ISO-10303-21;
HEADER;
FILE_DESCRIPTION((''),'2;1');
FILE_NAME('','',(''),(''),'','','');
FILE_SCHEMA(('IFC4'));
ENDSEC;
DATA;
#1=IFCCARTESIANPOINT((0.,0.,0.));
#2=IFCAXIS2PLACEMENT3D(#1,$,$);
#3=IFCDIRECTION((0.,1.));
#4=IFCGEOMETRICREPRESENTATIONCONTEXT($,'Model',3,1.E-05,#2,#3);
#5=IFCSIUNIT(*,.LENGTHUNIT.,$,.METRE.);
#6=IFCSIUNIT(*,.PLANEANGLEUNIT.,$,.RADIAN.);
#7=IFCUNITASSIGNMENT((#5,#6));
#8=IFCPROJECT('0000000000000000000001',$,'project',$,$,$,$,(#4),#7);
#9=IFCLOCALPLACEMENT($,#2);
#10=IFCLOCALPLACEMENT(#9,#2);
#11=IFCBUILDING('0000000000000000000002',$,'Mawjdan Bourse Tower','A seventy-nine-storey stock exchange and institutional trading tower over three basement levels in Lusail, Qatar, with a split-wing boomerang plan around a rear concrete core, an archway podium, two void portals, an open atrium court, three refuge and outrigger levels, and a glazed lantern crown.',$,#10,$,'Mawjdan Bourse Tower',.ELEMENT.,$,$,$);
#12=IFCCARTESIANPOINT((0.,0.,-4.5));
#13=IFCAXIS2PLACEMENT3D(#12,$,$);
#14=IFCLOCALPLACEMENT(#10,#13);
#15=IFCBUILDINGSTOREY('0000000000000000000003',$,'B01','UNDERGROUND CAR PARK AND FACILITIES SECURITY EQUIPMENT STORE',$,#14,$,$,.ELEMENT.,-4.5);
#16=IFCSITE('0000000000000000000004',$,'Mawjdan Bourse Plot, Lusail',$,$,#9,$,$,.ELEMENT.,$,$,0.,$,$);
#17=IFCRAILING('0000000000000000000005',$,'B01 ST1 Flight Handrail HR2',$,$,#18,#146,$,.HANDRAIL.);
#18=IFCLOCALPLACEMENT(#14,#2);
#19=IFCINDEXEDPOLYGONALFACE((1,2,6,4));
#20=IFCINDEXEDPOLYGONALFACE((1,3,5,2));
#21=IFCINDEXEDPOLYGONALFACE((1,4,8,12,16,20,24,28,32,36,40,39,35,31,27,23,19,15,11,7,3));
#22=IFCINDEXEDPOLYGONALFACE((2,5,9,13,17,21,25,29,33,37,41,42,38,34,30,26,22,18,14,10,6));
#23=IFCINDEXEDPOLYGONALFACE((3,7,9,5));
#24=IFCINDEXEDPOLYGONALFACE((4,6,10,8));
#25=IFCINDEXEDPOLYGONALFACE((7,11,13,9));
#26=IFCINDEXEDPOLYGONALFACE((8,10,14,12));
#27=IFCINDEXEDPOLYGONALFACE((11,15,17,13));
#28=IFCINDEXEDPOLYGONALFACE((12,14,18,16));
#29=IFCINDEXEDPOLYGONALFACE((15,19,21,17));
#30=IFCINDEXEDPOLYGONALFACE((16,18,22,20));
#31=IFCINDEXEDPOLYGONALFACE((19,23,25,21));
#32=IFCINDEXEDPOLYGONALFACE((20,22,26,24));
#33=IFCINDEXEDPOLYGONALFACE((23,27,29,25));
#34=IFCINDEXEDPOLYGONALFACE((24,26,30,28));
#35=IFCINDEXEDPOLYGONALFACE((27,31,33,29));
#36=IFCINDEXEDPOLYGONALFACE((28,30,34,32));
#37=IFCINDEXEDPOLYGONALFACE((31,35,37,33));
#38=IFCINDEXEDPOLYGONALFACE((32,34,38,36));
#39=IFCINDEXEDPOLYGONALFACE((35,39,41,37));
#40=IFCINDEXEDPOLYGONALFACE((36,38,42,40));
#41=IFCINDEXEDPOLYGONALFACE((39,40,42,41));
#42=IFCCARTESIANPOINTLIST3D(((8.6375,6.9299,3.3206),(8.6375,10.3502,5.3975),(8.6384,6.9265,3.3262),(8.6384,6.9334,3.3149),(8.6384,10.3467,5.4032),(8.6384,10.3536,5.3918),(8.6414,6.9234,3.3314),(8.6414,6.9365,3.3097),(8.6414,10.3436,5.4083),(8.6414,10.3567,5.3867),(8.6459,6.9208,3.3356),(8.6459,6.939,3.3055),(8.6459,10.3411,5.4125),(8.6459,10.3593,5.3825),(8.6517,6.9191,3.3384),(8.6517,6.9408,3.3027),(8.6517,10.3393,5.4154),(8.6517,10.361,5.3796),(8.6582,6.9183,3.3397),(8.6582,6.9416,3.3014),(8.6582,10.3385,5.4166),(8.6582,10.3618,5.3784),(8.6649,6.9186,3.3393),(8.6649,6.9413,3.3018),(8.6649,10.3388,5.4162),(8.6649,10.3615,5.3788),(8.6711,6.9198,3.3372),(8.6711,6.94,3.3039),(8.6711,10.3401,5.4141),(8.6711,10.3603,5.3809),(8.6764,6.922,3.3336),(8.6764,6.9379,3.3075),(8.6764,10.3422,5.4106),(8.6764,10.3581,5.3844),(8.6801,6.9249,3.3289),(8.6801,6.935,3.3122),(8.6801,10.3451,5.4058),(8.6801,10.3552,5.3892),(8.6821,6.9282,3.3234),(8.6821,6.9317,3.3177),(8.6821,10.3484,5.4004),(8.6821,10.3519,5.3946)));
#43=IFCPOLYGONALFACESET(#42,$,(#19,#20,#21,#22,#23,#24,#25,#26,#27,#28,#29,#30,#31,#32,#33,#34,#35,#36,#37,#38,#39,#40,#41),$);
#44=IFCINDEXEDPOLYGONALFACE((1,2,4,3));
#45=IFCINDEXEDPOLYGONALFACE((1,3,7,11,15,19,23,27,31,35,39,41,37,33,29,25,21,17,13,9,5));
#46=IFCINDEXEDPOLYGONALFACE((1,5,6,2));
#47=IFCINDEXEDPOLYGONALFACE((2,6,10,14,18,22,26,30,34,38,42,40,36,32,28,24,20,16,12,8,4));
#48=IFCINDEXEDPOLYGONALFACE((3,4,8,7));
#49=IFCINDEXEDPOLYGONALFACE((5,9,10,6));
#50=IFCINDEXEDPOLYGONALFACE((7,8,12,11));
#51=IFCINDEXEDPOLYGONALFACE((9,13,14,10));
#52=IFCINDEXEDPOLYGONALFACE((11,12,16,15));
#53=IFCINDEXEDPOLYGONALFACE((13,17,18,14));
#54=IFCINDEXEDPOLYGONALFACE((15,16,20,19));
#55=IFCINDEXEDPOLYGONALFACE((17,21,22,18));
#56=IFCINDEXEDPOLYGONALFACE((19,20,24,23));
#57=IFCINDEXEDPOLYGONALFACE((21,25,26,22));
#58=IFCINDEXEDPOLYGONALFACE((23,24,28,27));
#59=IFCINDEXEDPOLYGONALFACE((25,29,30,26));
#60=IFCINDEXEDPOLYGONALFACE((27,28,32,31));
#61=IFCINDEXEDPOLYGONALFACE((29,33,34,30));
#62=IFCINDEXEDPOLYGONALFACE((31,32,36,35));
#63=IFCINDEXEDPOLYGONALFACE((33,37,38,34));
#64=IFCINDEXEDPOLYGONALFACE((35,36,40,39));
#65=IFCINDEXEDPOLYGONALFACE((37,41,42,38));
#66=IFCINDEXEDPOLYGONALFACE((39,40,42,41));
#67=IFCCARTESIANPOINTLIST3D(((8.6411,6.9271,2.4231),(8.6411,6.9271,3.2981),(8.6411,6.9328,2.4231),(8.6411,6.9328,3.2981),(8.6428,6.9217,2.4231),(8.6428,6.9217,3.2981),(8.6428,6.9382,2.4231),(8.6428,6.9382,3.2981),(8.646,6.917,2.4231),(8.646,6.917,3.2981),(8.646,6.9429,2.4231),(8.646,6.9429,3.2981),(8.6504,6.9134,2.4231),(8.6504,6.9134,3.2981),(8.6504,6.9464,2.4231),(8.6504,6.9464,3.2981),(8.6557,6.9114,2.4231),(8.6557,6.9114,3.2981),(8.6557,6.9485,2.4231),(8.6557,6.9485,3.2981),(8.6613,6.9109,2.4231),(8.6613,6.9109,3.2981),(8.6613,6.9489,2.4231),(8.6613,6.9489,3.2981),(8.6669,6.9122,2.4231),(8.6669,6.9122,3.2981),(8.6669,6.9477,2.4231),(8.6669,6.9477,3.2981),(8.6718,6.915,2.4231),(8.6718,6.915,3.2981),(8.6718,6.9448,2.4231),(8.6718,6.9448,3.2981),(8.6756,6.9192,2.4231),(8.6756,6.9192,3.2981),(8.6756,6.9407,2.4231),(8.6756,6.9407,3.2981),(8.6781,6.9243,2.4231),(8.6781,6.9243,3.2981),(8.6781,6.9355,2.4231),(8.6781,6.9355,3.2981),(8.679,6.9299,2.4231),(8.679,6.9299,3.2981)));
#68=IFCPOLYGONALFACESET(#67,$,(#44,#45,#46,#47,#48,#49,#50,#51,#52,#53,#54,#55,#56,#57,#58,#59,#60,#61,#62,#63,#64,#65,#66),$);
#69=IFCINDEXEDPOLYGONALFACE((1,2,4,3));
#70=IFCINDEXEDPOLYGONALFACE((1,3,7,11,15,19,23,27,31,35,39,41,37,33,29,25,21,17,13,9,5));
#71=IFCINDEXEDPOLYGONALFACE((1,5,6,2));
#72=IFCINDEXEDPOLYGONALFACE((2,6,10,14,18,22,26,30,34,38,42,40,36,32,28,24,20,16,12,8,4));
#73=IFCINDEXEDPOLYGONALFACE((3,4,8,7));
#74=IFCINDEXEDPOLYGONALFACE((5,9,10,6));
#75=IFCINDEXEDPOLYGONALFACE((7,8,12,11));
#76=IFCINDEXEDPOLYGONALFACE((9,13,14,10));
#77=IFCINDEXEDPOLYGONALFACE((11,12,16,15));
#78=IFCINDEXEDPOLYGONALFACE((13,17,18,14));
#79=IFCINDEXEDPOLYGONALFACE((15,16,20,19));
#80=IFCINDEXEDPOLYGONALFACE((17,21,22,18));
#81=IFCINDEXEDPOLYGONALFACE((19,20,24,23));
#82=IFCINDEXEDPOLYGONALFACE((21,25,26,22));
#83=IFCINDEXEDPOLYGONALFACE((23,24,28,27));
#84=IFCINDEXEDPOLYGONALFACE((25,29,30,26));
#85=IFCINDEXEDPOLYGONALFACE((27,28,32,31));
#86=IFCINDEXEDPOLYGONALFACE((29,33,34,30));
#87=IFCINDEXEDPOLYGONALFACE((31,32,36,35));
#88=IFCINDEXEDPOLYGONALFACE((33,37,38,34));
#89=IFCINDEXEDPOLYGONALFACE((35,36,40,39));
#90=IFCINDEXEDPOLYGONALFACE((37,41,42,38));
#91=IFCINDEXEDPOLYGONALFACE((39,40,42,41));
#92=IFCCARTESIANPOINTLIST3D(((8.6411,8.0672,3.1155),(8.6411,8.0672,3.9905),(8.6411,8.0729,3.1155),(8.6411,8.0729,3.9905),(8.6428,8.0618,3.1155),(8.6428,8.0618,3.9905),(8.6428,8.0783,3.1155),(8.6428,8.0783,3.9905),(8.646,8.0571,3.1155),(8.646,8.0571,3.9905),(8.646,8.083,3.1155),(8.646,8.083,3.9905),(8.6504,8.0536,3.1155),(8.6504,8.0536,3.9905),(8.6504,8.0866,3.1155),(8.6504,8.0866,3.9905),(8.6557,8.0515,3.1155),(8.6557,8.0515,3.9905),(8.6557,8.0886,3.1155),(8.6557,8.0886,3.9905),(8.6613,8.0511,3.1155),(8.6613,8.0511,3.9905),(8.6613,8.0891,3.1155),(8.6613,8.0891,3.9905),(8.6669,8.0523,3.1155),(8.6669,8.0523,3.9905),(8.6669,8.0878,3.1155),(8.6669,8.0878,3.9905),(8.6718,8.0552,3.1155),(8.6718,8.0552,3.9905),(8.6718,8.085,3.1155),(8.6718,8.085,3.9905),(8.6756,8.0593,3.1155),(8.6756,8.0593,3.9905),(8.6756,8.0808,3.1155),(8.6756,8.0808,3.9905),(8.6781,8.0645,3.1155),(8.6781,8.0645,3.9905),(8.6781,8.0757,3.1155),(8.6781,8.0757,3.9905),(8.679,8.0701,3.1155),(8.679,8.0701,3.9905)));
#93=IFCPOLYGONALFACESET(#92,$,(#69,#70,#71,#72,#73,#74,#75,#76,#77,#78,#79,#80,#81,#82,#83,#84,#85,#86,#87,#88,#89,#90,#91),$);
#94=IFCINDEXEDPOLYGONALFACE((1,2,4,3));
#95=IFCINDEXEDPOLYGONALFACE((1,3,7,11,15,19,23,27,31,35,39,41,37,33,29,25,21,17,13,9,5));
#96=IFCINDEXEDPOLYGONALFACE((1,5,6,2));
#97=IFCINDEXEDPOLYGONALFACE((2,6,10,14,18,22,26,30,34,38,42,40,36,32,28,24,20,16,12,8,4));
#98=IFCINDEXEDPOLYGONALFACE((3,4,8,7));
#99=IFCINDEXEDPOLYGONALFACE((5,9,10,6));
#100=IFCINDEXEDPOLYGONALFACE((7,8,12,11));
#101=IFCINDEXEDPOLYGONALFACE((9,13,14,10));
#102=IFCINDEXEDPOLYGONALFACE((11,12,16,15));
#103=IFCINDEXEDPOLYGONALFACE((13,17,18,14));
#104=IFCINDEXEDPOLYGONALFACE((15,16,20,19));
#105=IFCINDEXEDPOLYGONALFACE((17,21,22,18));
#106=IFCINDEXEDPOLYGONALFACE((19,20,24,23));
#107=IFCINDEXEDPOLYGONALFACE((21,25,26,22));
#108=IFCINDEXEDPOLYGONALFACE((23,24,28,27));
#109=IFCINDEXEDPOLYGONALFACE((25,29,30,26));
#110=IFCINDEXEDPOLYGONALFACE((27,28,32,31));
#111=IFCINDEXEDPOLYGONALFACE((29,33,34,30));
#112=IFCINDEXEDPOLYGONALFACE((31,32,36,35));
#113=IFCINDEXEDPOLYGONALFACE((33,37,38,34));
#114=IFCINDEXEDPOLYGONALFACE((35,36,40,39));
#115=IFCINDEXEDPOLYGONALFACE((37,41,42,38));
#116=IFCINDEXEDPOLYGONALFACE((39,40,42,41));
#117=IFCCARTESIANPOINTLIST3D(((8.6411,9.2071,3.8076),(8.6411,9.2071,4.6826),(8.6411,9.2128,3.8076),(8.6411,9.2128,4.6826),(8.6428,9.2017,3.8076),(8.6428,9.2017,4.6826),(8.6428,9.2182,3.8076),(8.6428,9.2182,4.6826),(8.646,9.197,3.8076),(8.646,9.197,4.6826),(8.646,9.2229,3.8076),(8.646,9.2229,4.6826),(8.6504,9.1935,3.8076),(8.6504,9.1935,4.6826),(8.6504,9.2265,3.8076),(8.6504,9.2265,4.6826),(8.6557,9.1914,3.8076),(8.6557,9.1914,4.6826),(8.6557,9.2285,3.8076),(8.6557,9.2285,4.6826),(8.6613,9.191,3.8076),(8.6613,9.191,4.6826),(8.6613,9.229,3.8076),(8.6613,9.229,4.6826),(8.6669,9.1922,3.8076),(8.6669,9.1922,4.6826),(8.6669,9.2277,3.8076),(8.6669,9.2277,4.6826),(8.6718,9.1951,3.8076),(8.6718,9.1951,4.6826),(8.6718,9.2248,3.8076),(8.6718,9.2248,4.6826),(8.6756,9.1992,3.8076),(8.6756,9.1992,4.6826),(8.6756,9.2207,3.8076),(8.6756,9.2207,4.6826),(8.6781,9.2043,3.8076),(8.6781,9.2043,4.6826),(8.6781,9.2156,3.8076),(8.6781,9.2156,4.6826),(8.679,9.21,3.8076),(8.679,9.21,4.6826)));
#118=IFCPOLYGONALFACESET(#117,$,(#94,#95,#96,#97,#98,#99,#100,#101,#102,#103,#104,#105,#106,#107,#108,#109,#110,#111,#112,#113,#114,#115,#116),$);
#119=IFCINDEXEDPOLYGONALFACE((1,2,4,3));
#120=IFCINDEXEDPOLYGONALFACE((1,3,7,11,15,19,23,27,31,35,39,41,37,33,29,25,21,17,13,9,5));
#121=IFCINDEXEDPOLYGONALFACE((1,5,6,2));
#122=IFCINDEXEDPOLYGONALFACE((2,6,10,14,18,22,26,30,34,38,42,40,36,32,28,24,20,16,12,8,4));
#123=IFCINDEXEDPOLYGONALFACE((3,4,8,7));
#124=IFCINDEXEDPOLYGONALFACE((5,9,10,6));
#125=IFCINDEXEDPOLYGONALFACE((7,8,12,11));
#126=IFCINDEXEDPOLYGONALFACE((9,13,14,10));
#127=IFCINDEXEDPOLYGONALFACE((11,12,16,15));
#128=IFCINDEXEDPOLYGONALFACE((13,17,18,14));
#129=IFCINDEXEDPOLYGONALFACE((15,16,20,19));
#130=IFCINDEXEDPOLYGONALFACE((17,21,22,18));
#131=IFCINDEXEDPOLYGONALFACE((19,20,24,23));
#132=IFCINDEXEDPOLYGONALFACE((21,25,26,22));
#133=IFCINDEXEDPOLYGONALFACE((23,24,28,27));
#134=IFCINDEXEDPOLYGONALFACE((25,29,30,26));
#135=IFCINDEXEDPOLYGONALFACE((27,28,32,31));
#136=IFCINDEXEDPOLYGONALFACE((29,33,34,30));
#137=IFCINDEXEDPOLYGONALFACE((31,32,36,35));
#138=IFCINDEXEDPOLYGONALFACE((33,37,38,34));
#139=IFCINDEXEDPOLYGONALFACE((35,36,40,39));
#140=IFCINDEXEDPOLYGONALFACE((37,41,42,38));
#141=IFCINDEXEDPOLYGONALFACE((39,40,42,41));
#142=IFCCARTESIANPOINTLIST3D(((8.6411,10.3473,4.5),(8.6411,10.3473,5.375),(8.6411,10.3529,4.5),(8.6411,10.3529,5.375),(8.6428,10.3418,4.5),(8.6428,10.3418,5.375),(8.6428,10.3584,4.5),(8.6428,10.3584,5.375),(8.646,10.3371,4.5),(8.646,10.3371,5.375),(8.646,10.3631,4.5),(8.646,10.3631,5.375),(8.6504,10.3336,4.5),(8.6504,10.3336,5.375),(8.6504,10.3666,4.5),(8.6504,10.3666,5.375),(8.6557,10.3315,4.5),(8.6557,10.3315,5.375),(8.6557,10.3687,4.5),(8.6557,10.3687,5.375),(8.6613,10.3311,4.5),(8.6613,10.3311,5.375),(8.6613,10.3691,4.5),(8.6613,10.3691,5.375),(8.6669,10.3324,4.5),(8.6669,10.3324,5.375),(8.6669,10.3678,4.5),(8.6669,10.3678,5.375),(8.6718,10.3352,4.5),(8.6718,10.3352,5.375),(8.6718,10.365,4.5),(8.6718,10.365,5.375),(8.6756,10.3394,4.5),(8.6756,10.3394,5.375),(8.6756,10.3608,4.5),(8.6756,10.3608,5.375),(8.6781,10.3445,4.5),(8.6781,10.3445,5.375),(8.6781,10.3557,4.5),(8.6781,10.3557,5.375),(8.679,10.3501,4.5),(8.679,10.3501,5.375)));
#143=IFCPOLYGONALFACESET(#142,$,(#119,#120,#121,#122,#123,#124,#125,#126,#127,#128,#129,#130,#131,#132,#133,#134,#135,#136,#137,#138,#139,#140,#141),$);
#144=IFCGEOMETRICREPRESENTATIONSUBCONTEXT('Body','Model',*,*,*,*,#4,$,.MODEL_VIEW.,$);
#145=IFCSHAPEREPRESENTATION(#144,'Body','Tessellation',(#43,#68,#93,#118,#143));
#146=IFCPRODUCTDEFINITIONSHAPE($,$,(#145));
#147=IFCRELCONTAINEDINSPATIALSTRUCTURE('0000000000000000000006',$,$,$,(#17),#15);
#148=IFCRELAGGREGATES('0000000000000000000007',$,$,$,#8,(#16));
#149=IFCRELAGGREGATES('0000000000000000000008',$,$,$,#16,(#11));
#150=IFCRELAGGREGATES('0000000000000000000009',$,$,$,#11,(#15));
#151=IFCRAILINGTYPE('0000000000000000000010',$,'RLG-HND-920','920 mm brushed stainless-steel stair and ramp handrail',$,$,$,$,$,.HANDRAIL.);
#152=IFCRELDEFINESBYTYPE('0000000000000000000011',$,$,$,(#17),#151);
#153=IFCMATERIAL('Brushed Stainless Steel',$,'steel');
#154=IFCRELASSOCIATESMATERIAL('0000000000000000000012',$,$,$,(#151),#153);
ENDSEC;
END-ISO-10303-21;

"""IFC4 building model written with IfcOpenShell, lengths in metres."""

from ifc_helpers import new_model, si_unit, direction, frame, origin, origin_2d, place, context, subcontext, project, spatial, circle, extrude, material, type_object, element, save


model = new_model("IFC4")

# Units and contexts
model_context = context("Model", 3, precision=1e-05, world=origin(), true_north=direction((0.0, 1.0)))
body_context = subcontext(model_context, "Body", "Model", "MODEL_VIEW")
ifc_project = project(units=[si_unit("LENGTHUNIT", "METRE"), si_unit("PLANEANGLEUNIT", "RADIAN")], contexts=[model_context])

# Site, building, storey
site_placement = place(None, origin())
site = spatial("IfcSite", under=ifc_project, at=site_placement, Name="Mawjdan Bourse Plot, Lusail", CompositionType="ELEMENT", RefElevation=0.0)
building_placement = place(site_placement, origin())
building = spatial("IfcBuilding", under=site, at=building_placement, Name="Mawjdan Bourse Tower", Description="A seventy-nine-storey stock exchange and institutional trading tower over three basement levels in Lusail, Qatar, with a split-wing boomerang plan around a rear concrete core, an archway podium, two void portals, an open atrium court, three refuge and outrigger levels, and a glazed lantern crown.", LongName="Mawjdan Bourse Tower", CompositionType="ELEMENT")
storey_placement = place(building_placement, frame((0.0, 0.0, -4.5)))
storey = spatial("IfcBuildingStorey", under=building, at=storey_placement, Name="B01", Description="UNDERGROUND CAR PARK AND FACILITIES SECURITY EQUIPMENT STORE", CompositionType="ELEMENT", Elevation=-4.5)

# Shared definitions
ifc_material_1 = material(Name="Brushed Stainless Steel", Category="steel")

# Railing
railing_type = type_object("IfcRailingType", Name="RLG-HND-920", Description="920 mm brushed stainless-steel stair and ramp handrail", PredefinedType="HANDRAIL", material=ifc_material_1)
railing_placement = place(storey_placement, frame((8.6599, 6.9299, 2.4231)))
element("IfcRailing", 1, at=railing_placement, inside=storey, type_object=railing_type, Name="B01 ST1 Flight Handrail HR2", PredefinedType="HANDRAIL", context=body_context, shape_type="SweptSolid", body=[
    extrude(circle(Radius=0.0225, at=origin_2d()), frame((0.0, 0.0, 0.8975), z_axis=(0.0, 0.854746, 0.519047), x_axis=(-1.0, 0.0, 0.0)), (0.0, 0.0, 1.0), 4.0015),
    extrude(circle(Radius=0.019, at=origin_2d()), origin(), (0.0, 0.0, 1.0), 0.875),
    extrude(circle(Radius=0.019, at=origin_2d()), frame((0.0, 1.1401, 0.6924)), (0.0, 0.0, 1.0), 0.875),
    extrude(circle(Radius=0.019, at=origin_2d()), frame((0.0, 2.28, 1.3845)), (0.0, 0.0, 1.0), 0.875),
    extrude(circle(Radius=0.019, at=origin_2d()), frame((0.0, 3.4202, 2.0769)), (0.0, 0.0, 1.0), 0.875),
])

save(model, "model.ifc")
